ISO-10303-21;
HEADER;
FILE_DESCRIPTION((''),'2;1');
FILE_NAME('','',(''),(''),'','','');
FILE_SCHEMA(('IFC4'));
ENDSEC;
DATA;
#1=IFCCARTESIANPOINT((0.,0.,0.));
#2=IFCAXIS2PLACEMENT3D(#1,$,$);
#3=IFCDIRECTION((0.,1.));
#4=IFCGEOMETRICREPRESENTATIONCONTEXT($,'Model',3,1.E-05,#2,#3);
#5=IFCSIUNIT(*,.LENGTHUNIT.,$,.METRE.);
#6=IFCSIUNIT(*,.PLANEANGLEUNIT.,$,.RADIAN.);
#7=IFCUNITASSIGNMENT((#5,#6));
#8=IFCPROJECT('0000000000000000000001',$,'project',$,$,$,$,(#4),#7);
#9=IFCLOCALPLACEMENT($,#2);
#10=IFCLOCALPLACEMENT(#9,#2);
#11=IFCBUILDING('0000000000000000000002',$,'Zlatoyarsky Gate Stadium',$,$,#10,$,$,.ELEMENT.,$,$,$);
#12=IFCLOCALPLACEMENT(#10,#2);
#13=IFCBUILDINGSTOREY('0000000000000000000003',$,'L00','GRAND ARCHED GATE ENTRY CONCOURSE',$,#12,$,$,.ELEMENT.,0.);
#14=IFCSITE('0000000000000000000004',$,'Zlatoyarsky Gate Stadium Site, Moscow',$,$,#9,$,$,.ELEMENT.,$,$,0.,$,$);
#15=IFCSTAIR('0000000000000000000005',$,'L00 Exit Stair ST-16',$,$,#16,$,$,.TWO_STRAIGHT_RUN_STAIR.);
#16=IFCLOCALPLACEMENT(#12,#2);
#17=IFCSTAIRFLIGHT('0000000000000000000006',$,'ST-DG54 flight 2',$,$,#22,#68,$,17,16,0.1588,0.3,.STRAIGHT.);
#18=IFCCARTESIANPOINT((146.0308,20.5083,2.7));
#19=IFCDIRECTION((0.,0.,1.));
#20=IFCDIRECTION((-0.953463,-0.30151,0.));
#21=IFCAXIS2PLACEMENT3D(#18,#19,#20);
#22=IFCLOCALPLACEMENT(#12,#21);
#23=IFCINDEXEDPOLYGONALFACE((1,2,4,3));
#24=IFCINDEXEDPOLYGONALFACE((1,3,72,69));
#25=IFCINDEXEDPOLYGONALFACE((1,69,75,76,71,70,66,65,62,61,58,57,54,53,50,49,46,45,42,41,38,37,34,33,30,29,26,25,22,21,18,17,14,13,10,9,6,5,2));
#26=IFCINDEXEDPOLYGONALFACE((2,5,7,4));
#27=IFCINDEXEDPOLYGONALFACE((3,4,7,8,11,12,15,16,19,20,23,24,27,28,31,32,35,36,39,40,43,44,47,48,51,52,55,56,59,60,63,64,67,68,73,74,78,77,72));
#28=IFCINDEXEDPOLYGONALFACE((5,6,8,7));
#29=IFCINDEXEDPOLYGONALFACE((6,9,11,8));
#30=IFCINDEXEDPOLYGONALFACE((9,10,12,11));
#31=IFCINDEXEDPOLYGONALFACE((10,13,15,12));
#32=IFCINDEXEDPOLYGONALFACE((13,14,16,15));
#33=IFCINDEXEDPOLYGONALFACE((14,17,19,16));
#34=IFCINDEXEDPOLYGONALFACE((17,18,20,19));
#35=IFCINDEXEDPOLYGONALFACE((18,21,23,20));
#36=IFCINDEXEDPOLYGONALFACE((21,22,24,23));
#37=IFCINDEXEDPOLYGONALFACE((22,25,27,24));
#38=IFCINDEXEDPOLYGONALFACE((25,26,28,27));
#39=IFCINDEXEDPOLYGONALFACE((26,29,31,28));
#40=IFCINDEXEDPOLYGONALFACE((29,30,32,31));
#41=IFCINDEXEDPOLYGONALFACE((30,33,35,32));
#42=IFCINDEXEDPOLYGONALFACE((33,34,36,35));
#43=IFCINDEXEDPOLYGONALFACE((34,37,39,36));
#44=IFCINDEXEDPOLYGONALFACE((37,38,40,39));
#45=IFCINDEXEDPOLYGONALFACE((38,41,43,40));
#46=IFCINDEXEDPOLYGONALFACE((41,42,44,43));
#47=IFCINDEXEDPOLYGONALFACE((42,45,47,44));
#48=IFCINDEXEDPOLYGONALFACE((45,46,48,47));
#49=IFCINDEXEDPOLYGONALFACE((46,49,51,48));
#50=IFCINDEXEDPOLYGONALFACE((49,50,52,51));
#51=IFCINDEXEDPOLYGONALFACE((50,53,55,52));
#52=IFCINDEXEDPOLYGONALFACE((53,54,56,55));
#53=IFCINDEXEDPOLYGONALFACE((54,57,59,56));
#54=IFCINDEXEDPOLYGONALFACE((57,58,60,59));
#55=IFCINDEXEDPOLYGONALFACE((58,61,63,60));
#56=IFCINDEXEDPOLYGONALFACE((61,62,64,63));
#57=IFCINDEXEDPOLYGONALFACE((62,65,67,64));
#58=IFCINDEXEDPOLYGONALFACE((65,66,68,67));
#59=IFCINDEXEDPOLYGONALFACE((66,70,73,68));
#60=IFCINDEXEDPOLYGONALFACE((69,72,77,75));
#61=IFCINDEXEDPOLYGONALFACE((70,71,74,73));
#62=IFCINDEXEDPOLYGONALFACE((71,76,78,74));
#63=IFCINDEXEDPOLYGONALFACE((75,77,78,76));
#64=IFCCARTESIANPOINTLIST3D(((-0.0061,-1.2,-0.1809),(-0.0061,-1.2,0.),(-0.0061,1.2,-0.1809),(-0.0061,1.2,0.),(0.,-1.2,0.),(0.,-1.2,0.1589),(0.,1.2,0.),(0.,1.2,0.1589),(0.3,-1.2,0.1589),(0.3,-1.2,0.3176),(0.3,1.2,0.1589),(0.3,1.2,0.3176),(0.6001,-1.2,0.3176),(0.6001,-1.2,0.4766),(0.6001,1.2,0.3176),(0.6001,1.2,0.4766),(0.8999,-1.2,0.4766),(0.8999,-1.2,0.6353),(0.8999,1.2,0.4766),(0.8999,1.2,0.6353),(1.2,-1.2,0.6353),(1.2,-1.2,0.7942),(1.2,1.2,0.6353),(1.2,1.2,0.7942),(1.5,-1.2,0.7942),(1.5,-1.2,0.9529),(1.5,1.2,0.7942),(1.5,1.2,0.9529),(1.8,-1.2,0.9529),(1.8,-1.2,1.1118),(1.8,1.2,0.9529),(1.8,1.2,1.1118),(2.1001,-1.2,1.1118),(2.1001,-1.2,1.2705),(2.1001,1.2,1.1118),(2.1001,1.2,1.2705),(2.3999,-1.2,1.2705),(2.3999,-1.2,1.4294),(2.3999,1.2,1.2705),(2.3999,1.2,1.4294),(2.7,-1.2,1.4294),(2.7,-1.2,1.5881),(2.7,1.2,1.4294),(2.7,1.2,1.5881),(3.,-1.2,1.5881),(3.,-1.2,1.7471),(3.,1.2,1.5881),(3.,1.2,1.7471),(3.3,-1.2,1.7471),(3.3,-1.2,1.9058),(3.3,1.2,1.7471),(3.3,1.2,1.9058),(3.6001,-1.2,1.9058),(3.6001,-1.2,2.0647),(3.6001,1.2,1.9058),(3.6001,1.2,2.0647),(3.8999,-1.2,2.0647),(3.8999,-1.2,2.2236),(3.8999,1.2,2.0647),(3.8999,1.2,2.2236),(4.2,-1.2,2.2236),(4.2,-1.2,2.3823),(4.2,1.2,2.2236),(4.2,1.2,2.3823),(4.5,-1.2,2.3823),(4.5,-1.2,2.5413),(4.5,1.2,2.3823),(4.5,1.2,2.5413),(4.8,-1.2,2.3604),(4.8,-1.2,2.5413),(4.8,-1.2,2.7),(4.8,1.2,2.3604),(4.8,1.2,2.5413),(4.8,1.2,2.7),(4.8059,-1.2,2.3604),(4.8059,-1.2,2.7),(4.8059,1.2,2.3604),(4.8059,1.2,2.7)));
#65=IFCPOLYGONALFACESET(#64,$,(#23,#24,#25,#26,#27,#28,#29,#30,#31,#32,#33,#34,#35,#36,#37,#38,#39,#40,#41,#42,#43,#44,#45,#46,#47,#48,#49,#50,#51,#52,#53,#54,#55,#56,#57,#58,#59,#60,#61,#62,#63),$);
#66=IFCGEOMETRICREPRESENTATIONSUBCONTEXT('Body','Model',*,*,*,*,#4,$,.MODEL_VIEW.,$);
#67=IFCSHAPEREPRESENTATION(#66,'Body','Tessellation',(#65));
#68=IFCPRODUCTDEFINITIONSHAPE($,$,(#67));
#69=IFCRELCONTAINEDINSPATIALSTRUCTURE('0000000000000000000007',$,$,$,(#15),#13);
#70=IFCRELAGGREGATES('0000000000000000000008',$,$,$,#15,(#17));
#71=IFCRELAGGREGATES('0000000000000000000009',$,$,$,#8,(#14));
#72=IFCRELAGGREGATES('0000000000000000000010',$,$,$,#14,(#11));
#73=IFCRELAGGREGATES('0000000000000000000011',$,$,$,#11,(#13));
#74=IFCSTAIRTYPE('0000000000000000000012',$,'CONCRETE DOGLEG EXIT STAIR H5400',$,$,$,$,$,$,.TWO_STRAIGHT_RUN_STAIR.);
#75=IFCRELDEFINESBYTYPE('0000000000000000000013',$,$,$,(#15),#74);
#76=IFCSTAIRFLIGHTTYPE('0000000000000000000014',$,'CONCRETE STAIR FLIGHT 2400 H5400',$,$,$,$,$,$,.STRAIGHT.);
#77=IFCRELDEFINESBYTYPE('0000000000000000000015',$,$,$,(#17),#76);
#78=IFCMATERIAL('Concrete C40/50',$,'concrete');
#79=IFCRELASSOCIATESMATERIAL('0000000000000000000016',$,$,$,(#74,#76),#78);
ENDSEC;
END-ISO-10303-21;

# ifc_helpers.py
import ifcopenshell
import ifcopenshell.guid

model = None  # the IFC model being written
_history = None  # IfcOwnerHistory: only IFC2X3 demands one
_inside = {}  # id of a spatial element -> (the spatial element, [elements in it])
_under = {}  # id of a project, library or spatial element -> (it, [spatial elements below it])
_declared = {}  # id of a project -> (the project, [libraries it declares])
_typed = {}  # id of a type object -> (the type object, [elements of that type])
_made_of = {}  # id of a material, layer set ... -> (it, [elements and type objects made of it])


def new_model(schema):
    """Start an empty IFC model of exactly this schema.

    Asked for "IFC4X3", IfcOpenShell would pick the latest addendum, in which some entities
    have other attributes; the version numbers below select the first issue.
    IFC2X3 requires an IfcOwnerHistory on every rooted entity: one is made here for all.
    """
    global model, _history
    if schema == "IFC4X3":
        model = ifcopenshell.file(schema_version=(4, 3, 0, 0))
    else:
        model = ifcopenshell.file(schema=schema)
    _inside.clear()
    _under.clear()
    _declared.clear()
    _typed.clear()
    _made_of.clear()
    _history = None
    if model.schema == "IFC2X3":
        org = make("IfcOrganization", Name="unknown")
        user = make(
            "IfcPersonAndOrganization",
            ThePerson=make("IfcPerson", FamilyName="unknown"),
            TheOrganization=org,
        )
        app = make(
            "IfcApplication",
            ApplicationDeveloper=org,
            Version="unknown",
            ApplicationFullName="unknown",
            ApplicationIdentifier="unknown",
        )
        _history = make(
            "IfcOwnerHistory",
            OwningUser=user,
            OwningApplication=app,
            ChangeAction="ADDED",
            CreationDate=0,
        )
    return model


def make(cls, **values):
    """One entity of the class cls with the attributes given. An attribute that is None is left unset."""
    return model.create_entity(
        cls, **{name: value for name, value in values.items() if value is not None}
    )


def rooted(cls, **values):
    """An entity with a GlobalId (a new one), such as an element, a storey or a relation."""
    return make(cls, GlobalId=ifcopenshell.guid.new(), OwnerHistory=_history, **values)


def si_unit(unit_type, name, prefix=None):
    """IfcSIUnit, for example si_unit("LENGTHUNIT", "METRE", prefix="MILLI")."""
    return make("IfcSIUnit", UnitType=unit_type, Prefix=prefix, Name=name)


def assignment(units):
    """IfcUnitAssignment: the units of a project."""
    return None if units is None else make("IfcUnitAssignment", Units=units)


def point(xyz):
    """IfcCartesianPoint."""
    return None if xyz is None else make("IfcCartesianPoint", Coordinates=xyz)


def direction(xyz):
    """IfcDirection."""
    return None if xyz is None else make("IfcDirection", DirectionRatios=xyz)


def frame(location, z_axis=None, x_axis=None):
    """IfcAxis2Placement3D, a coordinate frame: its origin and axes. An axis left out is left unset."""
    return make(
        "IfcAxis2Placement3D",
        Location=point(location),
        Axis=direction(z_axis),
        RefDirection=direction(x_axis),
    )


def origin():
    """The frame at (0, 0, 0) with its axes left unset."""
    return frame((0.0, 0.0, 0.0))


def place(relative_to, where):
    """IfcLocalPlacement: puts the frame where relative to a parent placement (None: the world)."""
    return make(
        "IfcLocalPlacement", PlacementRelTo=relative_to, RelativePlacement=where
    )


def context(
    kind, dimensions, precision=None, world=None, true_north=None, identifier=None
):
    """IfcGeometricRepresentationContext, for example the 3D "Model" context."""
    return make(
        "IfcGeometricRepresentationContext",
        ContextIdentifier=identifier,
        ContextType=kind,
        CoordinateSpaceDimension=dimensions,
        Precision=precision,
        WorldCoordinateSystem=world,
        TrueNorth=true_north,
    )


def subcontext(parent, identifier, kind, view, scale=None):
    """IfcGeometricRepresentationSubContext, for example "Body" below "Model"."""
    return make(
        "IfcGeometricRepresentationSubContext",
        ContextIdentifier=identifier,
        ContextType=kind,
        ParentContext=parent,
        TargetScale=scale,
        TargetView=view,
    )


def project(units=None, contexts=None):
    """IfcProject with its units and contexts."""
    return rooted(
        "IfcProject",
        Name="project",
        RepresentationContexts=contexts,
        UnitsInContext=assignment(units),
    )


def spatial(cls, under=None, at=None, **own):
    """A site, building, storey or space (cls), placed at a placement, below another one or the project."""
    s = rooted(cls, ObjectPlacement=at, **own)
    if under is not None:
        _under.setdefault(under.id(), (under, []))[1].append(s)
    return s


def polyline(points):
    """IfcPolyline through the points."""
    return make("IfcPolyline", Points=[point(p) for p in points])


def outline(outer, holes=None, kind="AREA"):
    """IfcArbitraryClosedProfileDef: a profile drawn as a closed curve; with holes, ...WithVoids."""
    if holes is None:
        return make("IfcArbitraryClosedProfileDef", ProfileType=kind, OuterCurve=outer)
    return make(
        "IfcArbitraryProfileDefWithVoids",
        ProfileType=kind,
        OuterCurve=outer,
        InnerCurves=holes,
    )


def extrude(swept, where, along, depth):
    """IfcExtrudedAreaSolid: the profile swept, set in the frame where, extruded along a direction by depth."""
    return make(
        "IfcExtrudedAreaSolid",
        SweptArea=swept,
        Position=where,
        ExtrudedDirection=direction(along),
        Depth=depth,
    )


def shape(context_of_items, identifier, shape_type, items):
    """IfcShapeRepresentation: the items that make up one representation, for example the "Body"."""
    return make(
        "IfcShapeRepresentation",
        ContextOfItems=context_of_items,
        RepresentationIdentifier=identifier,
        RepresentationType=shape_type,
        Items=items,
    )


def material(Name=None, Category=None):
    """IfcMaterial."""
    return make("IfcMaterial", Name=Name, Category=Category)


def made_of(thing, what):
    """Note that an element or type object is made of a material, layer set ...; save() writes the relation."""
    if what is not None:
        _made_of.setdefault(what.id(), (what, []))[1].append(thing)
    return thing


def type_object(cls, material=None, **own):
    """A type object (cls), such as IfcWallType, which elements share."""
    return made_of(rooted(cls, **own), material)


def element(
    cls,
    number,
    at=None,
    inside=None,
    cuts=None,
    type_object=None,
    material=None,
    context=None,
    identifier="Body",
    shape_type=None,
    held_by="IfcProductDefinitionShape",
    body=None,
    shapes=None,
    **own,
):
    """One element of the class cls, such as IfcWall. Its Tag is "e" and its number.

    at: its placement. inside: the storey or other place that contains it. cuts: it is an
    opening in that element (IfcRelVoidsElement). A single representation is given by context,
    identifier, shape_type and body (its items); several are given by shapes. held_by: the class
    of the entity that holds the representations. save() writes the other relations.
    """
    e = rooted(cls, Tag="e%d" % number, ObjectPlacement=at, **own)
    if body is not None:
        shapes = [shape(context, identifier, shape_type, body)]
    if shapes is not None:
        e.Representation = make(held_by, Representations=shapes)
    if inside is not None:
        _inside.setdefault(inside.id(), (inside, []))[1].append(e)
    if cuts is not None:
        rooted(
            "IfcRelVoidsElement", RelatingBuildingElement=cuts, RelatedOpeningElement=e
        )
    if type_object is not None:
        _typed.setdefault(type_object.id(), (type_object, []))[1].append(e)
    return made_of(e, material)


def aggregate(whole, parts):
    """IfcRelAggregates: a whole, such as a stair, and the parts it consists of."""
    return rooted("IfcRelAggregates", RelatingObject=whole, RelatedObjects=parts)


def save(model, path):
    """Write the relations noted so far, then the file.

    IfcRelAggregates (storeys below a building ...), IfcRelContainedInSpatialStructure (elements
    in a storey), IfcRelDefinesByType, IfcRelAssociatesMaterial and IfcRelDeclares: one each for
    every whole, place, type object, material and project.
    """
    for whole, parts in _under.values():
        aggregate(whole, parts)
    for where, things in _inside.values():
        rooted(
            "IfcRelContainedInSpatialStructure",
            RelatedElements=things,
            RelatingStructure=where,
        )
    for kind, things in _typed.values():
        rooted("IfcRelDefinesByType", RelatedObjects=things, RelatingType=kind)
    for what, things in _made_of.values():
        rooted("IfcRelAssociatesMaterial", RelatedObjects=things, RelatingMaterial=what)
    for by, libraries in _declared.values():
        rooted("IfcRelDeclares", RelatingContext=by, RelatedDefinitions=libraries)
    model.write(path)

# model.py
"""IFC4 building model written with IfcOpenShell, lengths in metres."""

from ifc_helpers import new_model, si_unit, direction, frame, origin, place, context, subcontext, project, spatial, polyline, outline, extrude, material, type_object, element, aggregate, save


model = new_model("IFC4")

# Units and contexts
model_context = context("Model", 3, precision=1e-05, world=origin(), true_north=direction((0.0, 1.0)))
body_context = subcontext(model_context, "Body", "Model", "MODEL_VIEW")
ifc_project = project(units=[si_unit("LENGTHUNIT", "METRE"), si_unit("PLANEANGLEUNIT", "RADIAN")], contexts=[model_context])

# Site, building, storey
site_placement = place(None, origin())
site = spatial("IfcSite", under=ifc_project, at=site_placement, Name="Zlatoyarsky Gate Stadium Site, Moscow", CompositionType="ELEMENT", RefElevation=0.0)
building_placement = place(site_placement, origin())
building = spatial("IfcBuilding", under=site, at=building_placement, Name="Zlatoyarsky Gate Stadium", CompositionType="ELEMENT")
storey_placement = place(building_placement, origin())
storey = spatial("IfcBuildingStorey", under=building, at=storey_placement, Name="L00", Description="GRAND ARCHED GATE ENTRY CONCOURSE", CompositionType="ELEMENT", Elevation=0.0)

# Shared definitions
ifc_material_1 = material(Name="Concrete C40/50", Category="concrete")

# Stair, stair flight
stair_type = type_object("IfcStairType", Name="CONCRETE DOGLEG EXIT STAIR H5400", PredefinedType="TWO_STRAIGHT_RUN_STAIR", material=ifc_material_1)
stair_placement = place(storey_placement, origin())
stair = element("IfcStair", 1, at=stair_placement, inside=storey, type_object=stair_type, Name="L00 Exit Stair ST-16", PredefinedType="TWO_STRAIGHT_RUN_STAIR")
stair_flight_type = type_object("IfcStairFlightType", Name="CONCRETE STAIR FLIGHT 2400 H5400", PredefinedType="STRAIGHT", material=ifc_material_1)
stair_flight_placement = place(storey_placement, frame((146.0308, 20.5083, 2.7), z_axis=(0.0, 0.0, 1.0), x_axis=(-0.953463, -0.30151, 0.0)))
stair_flight = element("IfcStairFlight", 2, at=stair_flight_placement, type_object=stair_flight_type, Name="ST-DG54 flight 2", NumberOfRisers=17, NumberOfTreads=16, PredefinedType="STRAIGHT", RiserHeight=0.1588, TreadLength=0.3, context=body_context, shape_type="SweptSolid", body=[
    extrude(outline(polyline([(-0.0061, -0.1809), (-0.0061, 0.0), (0.0, 0.0), (0.0, 0.1589), (0.3, 0.1589), (0.3, 0.3176), (0.6001, 0.3176), (0.6001, 0.4766), (0.8999, 0.4766), (0.8999, 0.6353), (1.2, 0.6353), (1.2, 0.7942), (1.5, 0.7942), (1.5, 0.9529), (1.8, 0.9529), (1.8, 1.1118), (2.1001, 1.1118), (2.1001, 1.2705), (2.3999, 1.2705), (2.3999, 1.4294), (2.7, 1.4294), (2.7, 1.5881), (3.0, 1.5881), (3.0, 1.7471), (3.3, 1.7471), (3.3, 1.9058), (3.6001, 1.9058), (3.6001, 2.0647), (3.8999, 2.0647), (3.8999, 2.2236), (4.2, 2.2236), (4.2, 2.3823), (4.5, 2.3823), (4.5, 2.5413), (4.8, 2.5413), (4.8, 2.7), (4.8059, 2.7), (4.8059, 2.3604), (4.8, 2.3604), (-0.0061, -0.1809)])), frame((0.0, 1.2, 0.0), z_axis=(0.0, -1.0, 0.0), x_axis=(1.0, 0.0, 0.0)), (0.0, 0.0, 1.0), 2.3999),
])
aggregate(stair, [stair_flight])

save(model, "model.ifc")
